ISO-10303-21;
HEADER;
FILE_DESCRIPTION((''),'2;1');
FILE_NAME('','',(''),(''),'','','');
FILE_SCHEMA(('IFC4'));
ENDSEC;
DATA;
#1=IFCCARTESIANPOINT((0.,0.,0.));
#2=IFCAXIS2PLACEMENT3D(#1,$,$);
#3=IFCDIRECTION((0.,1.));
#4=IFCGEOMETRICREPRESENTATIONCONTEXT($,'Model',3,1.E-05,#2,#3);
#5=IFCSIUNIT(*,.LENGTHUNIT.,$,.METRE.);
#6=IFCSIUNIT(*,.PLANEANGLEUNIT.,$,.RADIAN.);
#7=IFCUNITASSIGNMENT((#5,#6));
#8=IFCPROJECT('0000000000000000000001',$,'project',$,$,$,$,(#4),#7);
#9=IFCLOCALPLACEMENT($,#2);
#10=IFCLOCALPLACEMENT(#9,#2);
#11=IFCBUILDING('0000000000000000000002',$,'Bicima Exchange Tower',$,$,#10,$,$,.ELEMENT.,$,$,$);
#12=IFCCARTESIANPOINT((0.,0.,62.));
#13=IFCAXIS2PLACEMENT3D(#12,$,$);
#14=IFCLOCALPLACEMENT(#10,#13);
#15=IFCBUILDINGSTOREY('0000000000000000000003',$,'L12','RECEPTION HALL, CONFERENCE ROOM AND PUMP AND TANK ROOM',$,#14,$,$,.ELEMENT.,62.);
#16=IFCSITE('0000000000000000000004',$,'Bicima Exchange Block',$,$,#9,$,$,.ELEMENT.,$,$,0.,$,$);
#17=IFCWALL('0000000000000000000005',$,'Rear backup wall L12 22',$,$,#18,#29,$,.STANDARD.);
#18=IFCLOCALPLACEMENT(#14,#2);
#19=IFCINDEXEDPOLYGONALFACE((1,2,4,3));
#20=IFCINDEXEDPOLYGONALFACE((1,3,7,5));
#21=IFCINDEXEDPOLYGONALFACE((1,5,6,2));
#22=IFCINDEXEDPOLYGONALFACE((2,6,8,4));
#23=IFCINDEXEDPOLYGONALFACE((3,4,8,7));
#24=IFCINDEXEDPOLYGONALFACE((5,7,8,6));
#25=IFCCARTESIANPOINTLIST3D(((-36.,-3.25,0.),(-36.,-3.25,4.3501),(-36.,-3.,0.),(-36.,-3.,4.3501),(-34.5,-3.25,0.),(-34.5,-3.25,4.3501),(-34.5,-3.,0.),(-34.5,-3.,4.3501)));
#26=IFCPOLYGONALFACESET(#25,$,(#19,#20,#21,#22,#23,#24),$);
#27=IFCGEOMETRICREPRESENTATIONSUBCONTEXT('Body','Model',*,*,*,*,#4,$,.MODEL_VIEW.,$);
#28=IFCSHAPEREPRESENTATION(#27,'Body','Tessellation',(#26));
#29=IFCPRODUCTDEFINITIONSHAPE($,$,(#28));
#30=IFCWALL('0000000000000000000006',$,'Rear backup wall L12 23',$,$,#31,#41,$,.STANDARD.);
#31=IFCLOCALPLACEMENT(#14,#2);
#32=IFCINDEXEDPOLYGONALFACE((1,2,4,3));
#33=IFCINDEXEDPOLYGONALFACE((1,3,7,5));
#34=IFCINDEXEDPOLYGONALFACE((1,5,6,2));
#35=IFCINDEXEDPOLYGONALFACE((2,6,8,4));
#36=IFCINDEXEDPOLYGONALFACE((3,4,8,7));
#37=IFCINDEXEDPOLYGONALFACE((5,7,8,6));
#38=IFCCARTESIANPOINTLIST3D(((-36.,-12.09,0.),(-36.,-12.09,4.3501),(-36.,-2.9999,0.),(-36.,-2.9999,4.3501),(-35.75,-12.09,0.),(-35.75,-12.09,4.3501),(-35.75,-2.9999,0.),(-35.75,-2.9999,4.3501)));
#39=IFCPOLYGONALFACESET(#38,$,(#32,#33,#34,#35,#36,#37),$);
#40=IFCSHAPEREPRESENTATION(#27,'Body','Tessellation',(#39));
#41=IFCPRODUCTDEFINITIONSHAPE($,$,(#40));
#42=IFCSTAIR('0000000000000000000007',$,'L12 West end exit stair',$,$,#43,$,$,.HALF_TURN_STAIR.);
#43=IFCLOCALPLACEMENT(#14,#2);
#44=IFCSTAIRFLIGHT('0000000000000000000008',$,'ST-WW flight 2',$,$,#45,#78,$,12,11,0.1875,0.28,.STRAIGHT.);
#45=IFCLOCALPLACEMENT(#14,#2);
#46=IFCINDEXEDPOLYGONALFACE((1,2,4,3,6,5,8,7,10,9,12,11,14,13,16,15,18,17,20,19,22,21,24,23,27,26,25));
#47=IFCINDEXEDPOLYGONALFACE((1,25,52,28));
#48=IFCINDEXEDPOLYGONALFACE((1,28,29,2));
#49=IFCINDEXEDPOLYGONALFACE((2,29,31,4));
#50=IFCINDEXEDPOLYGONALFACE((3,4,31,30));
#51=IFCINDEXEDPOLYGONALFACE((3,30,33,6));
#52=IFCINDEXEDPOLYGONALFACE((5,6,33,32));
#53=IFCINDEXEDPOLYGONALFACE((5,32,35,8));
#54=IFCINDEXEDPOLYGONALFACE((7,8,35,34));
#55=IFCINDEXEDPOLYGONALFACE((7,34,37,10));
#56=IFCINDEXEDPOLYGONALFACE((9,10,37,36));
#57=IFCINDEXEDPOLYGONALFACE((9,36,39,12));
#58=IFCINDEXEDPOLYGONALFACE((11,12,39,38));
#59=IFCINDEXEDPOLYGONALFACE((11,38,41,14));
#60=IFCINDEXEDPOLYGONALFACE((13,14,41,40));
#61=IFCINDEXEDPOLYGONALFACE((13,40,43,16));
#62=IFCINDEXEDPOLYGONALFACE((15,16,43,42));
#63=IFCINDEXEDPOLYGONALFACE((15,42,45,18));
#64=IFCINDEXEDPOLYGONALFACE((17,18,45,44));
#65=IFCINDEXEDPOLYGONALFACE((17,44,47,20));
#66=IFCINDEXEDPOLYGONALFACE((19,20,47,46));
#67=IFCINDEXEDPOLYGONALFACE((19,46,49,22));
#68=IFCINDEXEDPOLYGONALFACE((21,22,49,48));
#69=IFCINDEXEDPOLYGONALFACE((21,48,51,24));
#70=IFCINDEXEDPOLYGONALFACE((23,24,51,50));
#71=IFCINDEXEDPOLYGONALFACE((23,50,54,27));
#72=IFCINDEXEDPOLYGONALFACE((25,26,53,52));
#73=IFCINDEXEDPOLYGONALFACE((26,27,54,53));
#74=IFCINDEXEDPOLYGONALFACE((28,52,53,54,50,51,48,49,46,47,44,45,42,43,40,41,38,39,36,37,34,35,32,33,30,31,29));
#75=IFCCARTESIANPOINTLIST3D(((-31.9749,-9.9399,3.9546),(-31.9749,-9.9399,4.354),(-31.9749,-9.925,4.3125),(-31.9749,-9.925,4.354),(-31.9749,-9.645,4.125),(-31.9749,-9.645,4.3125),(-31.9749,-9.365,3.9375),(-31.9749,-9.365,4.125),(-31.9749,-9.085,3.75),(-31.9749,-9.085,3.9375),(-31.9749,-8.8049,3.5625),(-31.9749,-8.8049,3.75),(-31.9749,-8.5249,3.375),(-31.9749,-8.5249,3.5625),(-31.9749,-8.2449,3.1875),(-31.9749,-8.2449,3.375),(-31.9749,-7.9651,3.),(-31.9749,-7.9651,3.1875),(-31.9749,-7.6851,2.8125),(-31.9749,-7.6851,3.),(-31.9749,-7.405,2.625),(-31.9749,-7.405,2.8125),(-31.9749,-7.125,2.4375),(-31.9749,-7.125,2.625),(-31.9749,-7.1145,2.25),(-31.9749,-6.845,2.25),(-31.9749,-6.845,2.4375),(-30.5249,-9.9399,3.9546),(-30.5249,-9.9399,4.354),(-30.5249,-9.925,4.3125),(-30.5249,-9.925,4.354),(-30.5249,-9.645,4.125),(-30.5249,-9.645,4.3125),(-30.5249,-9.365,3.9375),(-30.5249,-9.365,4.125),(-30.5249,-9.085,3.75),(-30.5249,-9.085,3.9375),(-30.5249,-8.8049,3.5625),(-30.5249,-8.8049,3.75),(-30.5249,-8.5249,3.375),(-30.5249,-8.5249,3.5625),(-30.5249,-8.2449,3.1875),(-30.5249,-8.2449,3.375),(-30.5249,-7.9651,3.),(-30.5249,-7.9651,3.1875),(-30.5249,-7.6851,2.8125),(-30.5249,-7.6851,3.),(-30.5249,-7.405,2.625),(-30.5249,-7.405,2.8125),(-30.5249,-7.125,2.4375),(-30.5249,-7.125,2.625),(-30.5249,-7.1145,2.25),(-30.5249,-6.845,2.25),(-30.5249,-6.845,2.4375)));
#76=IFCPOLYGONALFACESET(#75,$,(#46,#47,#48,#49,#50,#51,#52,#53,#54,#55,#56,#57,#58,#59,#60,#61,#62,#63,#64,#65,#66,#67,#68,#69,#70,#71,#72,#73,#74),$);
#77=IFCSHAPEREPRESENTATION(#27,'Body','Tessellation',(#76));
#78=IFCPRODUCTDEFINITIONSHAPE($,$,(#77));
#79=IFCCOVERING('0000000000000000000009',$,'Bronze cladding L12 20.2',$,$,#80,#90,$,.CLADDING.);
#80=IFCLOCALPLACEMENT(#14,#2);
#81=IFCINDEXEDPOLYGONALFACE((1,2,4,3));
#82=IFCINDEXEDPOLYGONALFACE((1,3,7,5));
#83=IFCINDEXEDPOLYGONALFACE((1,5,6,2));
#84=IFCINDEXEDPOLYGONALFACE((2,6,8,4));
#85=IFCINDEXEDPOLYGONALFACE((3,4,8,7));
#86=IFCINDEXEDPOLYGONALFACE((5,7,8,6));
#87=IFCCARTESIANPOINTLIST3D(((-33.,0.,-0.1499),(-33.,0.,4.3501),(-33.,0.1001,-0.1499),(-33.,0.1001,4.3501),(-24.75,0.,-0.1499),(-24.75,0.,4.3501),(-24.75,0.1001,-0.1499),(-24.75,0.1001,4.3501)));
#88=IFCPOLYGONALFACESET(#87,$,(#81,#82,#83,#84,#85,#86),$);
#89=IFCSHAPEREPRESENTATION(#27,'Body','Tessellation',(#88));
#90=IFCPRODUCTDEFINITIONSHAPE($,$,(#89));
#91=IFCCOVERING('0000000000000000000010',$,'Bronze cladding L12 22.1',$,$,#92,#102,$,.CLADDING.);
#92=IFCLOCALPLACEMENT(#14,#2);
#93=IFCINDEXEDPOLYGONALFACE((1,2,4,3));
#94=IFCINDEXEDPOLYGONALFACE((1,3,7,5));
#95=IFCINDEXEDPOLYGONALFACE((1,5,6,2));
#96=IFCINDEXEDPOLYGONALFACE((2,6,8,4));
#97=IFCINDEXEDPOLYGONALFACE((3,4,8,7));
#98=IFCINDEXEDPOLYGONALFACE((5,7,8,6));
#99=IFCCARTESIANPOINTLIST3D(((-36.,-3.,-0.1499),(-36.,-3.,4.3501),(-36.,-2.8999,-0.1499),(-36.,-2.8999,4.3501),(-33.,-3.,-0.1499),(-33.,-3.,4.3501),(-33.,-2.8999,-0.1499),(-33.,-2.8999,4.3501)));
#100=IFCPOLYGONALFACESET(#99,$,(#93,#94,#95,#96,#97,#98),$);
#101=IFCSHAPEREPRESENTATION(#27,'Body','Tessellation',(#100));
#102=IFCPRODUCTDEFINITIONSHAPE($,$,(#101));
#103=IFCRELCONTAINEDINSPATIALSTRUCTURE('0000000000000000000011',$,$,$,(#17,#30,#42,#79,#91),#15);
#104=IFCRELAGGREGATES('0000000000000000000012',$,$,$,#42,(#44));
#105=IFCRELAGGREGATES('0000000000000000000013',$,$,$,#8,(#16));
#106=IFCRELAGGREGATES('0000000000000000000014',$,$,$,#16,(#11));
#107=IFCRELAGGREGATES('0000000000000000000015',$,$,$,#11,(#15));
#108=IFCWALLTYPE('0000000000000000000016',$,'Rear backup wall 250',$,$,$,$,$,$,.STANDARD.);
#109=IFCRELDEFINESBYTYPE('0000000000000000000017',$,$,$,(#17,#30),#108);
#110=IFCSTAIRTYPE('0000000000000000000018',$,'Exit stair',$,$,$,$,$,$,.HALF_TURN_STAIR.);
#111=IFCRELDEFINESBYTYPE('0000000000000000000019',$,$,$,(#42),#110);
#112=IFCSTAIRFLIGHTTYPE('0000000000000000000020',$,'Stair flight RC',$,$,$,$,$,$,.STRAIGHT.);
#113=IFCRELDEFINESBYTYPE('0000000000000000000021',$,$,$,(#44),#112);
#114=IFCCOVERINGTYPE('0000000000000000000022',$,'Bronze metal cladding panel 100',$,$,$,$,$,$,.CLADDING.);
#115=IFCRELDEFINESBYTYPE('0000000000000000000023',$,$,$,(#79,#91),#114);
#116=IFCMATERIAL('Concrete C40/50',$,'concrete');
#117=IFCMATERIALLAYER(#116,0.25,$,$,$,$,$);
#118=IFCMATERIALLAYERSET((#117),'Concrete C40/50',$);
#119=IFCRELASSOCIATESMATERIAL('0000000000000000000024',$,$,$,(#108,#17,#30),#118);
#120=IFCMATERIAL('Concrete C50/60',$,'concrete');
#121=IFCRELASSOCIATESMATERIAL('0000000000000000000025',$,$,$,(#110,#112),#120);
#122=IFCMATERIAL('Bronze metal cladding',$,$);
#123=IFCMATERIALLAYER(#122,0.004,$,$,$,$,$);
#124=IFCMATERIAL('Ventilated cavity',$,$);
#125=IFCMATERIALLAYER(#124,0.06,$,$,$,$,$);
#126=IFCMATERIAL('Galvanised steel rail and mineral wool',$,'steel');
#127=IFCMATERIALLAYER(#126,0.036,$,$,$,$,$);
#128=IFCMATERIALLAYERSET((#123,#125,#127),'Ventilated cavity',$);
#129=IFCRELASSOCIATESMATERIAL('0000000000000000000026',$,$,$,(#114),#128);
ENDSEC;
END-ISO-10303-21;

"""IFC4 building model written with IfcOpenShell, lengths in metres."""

from ifc_helpers import new_model, si_unit, direction, frame, frame_2d, origin, origin_2d, place, context, subcontext, project, spatial, polyline, rectangle, outline, extrude, material, layer, layer_set, layer_usage, type_object, element, aggregate, save


model = new_model("IFC4")

# Units and contexts
model_context = context("Model", 3, precision=1e-05, world=origin(), true_north=direction((0.0, 1.0)))
body_context = subcontext(model_context, "Body", "Model", "MODEL_VIEW")
ifc_project = project(units=[si_unit("LENGTHUNIT", "METRE"), si_unit("PLANEANGLEUNIT", "RADIAN")], contexts=[model_context])

# Site, building, storey
site_placement = place(None, origin())
site = spatial("IfcSite", under=ifc_project, at=site_placement, Name="Bicima Exchange Block", CompositionType="ELEMENT", RefElevation=0.0)
building_placement = place(site_placement, origin())
building = spatial("IfcBuilding", under=site, at=building_placement, Name="Bicima Exchange Tower", CompositionType="ELEMENT")
storey_placement = place(building_placement, frame((0.0, 0.0, 62.0)))
storey = spatial("IfcBuildingStorey", under=building, at=storey_placement, Name="L12", Description="RECEPTION HALL, CONFERENCE ROOM AND PUMP AND TANK ROOM", CompositionType="ELEMENT", Elevation=62.0)

# Walls
ifc_material_1 = material(Name="Concrete C50/60", Category="concrete")
ifc_material_2 = material(Name="Concrete C40/50", Category="concrete")
ifc_layer_1 = layer(ifc_material_2, 0.25)
ifc_layer_set_1 = layer_set([ifc_layer_1], Name="Concrete C40/50")
ifc_layer_usage = layer_usage(ifc_layer_set_1, "AXIS2", "POSITIVE", -0.125)
wall_type_1 = type_object("IfcWallType", Name="Rear backup wall 250", PredefinedType="STANDARD", material=ifc_layer_set_1)
wall_1_placement = place(storey_placement, frame((-34.5, -3.125, 0.0), z_axis=(0.0, 0.0, 1.0), x_axis=(-1.0, 0.0, 0.0)))
element("IfcWall", 1, at=wall_1_placement, inside=storey, type_object=wall_type_1, material=ifc_layer_usage, Name="Rear backup wall L12 22", PredefinedType="STANDARD", context=body_context, shape_type="SweptSolid", body=[
    extrude(rectangle(XDim=1.5, YDim=0.25, at=frame_2d((0.75, 0.0))), origin(), (0.0, 0.0, 1.0), 4.3501),
])
wall_2_placement = place(storey_placement, frame((-35.875, -3.0, 0.0), z_axis=(0.0, 0.0, 1.0), x_axis=(0.0, -1.0, 0.0)))
element("IfcWall", 2, at=wall_2_placement, inside=storey, type_object=wall_type_1, material=ifc_layer_usage, Name="Rear backup wall L12 23", PredefinedType="STANDARD", context=body_context, shape_type="SweptSolid", body=[
    extrude(rectangle(XDim=9.0901, YDim=0.25, at=frame_2d((4.5449, 0.0))), origin(), (0.0, 0.0, 1.0), 4.3501),
])

# Stair, stair flight
stair_type = type_object("IfcStairType", Name="Exit stair", PredefinedType="HALF_TURN_STAIR", material=ifc_material_1)
stair_placement = place(storey_placement, origin())
stair = element("IfcStair", 3, at=stair_placement, inside=storey, type_object=stair_type, Name="L12 West end exit stair", PredefinedType="HALF_TURN_STAIR")
stair_flight_type = type_object("IfcStairFlightType", Name="Stair flight RC", PredefinedType="STRAIGHT", material=ifc_material_1)
stair_flight_placement = place(storey_placement, frame((-31.25, -6.845, 2.25), z_axis=(0.0, 0.0, 1.0), x_axis=(0.0, -1.0, 0.0)))
stair_flight = element("IfcStairFlight", 4, at=stair_flight_placement, type_object=stair_flight_type, Name="ST-WW flight 2", NumberOfRisers=12, NumberOfTreads=11, PredefinedType="STRAIGHT", RiserHeight=0.1875, TreadLength=0.28, context=body_context, shape_type="SweptSolid", body=[
    extrude(outline(polyline([(0.0, 0.0), (0.0, 0.1875), (0.28, 0.1875), (0.28, 0.375), (0.5601, 0.375), (0.5601, 0.5625), (0.8401, 0.5625), (0.8401, 0.75), (1.1201, 0.75), (1.1201, 0.9375), (1.3999, 0.9375), (1.3999, 1.125), (1.6799, 1.125), (1.6799, 1.3125), (1.96, 1.3125), (1.96, 1.5), (2.24, 1.5), (2.24, 1.6875), (2.52, 1.6875), (2.52, 1.875), (2.8, 1.875), (2.8, 2.0625), (3.0801, 2.0625), (3.0801, 2.104), (3.095, 2.104), (3.095, 1.7046), (0.2695, 0.0), (0.0, 0.0)])), frame((0.0, 0.7251, 0.0), z_axis=(0.0, -1.0, 0.0), x_axis=(1.0, 0.0, 0.0)), (0.0, 0.0, 1.0), 1.45),
])
aggregate(stair, [stair_flight])

# Coverings
ifc_material_3 = material(Name="Bronze metal cladding")
ifc_layer_2 = layer(ifc_material_3, 0.004)
ifc_material_4 = material(Name="Ventilated cavity")
ifc_layer_3 = layer(ifc_material_4, 0.06)
ifc_material_5 = material(Name="Galvanised steel rail and mineral wool", Category="steel")
ifc_layer_4 = layer(ifc_material_5, 0.036)
ifc_layer_set_2 = layer_set([ifc_layer_2, ifc_layer_3, ifc_layer_4], Name="Ventilated cavity")
covering_type = type_object("IfcCoveringType", Name="Bronze metal cladding panel 100", PredefinedType="CLADDING", material=ifc_layer_set_2)
covering_1_placement = place(storey_placement, frame((-28.875, 0.05, -0.1499), z_axis=(0.0, 0.0, 1.0), x_axis=(-1.0, 0.0, 0.0)))
element("IfcCovering", 5, at=covering_1_placement, inside=storey, type_object=covering_type, Name="Bronze cladding L12 20.2", PredefinedType="CLADDING", context=body_context, shape_type="SweptSolid", body=[
    extrude(rectangle(XDim=8.25, YDim=0.1001, at=origin_2d()), origin(), (0.0, 0.0, 1.0), 4.5),
])
covering_2_placement = place(storey_placement, frame((-34.5, -2.95, -0.1499), z_axis=(0.0, 0.0, 1.0), x_axis=(-1.0, 0.0, 0.0)))
element("IfcCovering", 6, at=covering_2_placement, inside=storey, type_object=covering_type, Name="Bronze cladding L12 22.1", PredefinedType="CLADDING", context=body_context, shape_type="SweptSolid", body=[
    extrude(rectangle(XDim=3.0, YDim=0.1001, at=origin_2d()), origin(), (0.0, 0.0, 1.0), 4.5),
])

save(model, "model.ifc")
